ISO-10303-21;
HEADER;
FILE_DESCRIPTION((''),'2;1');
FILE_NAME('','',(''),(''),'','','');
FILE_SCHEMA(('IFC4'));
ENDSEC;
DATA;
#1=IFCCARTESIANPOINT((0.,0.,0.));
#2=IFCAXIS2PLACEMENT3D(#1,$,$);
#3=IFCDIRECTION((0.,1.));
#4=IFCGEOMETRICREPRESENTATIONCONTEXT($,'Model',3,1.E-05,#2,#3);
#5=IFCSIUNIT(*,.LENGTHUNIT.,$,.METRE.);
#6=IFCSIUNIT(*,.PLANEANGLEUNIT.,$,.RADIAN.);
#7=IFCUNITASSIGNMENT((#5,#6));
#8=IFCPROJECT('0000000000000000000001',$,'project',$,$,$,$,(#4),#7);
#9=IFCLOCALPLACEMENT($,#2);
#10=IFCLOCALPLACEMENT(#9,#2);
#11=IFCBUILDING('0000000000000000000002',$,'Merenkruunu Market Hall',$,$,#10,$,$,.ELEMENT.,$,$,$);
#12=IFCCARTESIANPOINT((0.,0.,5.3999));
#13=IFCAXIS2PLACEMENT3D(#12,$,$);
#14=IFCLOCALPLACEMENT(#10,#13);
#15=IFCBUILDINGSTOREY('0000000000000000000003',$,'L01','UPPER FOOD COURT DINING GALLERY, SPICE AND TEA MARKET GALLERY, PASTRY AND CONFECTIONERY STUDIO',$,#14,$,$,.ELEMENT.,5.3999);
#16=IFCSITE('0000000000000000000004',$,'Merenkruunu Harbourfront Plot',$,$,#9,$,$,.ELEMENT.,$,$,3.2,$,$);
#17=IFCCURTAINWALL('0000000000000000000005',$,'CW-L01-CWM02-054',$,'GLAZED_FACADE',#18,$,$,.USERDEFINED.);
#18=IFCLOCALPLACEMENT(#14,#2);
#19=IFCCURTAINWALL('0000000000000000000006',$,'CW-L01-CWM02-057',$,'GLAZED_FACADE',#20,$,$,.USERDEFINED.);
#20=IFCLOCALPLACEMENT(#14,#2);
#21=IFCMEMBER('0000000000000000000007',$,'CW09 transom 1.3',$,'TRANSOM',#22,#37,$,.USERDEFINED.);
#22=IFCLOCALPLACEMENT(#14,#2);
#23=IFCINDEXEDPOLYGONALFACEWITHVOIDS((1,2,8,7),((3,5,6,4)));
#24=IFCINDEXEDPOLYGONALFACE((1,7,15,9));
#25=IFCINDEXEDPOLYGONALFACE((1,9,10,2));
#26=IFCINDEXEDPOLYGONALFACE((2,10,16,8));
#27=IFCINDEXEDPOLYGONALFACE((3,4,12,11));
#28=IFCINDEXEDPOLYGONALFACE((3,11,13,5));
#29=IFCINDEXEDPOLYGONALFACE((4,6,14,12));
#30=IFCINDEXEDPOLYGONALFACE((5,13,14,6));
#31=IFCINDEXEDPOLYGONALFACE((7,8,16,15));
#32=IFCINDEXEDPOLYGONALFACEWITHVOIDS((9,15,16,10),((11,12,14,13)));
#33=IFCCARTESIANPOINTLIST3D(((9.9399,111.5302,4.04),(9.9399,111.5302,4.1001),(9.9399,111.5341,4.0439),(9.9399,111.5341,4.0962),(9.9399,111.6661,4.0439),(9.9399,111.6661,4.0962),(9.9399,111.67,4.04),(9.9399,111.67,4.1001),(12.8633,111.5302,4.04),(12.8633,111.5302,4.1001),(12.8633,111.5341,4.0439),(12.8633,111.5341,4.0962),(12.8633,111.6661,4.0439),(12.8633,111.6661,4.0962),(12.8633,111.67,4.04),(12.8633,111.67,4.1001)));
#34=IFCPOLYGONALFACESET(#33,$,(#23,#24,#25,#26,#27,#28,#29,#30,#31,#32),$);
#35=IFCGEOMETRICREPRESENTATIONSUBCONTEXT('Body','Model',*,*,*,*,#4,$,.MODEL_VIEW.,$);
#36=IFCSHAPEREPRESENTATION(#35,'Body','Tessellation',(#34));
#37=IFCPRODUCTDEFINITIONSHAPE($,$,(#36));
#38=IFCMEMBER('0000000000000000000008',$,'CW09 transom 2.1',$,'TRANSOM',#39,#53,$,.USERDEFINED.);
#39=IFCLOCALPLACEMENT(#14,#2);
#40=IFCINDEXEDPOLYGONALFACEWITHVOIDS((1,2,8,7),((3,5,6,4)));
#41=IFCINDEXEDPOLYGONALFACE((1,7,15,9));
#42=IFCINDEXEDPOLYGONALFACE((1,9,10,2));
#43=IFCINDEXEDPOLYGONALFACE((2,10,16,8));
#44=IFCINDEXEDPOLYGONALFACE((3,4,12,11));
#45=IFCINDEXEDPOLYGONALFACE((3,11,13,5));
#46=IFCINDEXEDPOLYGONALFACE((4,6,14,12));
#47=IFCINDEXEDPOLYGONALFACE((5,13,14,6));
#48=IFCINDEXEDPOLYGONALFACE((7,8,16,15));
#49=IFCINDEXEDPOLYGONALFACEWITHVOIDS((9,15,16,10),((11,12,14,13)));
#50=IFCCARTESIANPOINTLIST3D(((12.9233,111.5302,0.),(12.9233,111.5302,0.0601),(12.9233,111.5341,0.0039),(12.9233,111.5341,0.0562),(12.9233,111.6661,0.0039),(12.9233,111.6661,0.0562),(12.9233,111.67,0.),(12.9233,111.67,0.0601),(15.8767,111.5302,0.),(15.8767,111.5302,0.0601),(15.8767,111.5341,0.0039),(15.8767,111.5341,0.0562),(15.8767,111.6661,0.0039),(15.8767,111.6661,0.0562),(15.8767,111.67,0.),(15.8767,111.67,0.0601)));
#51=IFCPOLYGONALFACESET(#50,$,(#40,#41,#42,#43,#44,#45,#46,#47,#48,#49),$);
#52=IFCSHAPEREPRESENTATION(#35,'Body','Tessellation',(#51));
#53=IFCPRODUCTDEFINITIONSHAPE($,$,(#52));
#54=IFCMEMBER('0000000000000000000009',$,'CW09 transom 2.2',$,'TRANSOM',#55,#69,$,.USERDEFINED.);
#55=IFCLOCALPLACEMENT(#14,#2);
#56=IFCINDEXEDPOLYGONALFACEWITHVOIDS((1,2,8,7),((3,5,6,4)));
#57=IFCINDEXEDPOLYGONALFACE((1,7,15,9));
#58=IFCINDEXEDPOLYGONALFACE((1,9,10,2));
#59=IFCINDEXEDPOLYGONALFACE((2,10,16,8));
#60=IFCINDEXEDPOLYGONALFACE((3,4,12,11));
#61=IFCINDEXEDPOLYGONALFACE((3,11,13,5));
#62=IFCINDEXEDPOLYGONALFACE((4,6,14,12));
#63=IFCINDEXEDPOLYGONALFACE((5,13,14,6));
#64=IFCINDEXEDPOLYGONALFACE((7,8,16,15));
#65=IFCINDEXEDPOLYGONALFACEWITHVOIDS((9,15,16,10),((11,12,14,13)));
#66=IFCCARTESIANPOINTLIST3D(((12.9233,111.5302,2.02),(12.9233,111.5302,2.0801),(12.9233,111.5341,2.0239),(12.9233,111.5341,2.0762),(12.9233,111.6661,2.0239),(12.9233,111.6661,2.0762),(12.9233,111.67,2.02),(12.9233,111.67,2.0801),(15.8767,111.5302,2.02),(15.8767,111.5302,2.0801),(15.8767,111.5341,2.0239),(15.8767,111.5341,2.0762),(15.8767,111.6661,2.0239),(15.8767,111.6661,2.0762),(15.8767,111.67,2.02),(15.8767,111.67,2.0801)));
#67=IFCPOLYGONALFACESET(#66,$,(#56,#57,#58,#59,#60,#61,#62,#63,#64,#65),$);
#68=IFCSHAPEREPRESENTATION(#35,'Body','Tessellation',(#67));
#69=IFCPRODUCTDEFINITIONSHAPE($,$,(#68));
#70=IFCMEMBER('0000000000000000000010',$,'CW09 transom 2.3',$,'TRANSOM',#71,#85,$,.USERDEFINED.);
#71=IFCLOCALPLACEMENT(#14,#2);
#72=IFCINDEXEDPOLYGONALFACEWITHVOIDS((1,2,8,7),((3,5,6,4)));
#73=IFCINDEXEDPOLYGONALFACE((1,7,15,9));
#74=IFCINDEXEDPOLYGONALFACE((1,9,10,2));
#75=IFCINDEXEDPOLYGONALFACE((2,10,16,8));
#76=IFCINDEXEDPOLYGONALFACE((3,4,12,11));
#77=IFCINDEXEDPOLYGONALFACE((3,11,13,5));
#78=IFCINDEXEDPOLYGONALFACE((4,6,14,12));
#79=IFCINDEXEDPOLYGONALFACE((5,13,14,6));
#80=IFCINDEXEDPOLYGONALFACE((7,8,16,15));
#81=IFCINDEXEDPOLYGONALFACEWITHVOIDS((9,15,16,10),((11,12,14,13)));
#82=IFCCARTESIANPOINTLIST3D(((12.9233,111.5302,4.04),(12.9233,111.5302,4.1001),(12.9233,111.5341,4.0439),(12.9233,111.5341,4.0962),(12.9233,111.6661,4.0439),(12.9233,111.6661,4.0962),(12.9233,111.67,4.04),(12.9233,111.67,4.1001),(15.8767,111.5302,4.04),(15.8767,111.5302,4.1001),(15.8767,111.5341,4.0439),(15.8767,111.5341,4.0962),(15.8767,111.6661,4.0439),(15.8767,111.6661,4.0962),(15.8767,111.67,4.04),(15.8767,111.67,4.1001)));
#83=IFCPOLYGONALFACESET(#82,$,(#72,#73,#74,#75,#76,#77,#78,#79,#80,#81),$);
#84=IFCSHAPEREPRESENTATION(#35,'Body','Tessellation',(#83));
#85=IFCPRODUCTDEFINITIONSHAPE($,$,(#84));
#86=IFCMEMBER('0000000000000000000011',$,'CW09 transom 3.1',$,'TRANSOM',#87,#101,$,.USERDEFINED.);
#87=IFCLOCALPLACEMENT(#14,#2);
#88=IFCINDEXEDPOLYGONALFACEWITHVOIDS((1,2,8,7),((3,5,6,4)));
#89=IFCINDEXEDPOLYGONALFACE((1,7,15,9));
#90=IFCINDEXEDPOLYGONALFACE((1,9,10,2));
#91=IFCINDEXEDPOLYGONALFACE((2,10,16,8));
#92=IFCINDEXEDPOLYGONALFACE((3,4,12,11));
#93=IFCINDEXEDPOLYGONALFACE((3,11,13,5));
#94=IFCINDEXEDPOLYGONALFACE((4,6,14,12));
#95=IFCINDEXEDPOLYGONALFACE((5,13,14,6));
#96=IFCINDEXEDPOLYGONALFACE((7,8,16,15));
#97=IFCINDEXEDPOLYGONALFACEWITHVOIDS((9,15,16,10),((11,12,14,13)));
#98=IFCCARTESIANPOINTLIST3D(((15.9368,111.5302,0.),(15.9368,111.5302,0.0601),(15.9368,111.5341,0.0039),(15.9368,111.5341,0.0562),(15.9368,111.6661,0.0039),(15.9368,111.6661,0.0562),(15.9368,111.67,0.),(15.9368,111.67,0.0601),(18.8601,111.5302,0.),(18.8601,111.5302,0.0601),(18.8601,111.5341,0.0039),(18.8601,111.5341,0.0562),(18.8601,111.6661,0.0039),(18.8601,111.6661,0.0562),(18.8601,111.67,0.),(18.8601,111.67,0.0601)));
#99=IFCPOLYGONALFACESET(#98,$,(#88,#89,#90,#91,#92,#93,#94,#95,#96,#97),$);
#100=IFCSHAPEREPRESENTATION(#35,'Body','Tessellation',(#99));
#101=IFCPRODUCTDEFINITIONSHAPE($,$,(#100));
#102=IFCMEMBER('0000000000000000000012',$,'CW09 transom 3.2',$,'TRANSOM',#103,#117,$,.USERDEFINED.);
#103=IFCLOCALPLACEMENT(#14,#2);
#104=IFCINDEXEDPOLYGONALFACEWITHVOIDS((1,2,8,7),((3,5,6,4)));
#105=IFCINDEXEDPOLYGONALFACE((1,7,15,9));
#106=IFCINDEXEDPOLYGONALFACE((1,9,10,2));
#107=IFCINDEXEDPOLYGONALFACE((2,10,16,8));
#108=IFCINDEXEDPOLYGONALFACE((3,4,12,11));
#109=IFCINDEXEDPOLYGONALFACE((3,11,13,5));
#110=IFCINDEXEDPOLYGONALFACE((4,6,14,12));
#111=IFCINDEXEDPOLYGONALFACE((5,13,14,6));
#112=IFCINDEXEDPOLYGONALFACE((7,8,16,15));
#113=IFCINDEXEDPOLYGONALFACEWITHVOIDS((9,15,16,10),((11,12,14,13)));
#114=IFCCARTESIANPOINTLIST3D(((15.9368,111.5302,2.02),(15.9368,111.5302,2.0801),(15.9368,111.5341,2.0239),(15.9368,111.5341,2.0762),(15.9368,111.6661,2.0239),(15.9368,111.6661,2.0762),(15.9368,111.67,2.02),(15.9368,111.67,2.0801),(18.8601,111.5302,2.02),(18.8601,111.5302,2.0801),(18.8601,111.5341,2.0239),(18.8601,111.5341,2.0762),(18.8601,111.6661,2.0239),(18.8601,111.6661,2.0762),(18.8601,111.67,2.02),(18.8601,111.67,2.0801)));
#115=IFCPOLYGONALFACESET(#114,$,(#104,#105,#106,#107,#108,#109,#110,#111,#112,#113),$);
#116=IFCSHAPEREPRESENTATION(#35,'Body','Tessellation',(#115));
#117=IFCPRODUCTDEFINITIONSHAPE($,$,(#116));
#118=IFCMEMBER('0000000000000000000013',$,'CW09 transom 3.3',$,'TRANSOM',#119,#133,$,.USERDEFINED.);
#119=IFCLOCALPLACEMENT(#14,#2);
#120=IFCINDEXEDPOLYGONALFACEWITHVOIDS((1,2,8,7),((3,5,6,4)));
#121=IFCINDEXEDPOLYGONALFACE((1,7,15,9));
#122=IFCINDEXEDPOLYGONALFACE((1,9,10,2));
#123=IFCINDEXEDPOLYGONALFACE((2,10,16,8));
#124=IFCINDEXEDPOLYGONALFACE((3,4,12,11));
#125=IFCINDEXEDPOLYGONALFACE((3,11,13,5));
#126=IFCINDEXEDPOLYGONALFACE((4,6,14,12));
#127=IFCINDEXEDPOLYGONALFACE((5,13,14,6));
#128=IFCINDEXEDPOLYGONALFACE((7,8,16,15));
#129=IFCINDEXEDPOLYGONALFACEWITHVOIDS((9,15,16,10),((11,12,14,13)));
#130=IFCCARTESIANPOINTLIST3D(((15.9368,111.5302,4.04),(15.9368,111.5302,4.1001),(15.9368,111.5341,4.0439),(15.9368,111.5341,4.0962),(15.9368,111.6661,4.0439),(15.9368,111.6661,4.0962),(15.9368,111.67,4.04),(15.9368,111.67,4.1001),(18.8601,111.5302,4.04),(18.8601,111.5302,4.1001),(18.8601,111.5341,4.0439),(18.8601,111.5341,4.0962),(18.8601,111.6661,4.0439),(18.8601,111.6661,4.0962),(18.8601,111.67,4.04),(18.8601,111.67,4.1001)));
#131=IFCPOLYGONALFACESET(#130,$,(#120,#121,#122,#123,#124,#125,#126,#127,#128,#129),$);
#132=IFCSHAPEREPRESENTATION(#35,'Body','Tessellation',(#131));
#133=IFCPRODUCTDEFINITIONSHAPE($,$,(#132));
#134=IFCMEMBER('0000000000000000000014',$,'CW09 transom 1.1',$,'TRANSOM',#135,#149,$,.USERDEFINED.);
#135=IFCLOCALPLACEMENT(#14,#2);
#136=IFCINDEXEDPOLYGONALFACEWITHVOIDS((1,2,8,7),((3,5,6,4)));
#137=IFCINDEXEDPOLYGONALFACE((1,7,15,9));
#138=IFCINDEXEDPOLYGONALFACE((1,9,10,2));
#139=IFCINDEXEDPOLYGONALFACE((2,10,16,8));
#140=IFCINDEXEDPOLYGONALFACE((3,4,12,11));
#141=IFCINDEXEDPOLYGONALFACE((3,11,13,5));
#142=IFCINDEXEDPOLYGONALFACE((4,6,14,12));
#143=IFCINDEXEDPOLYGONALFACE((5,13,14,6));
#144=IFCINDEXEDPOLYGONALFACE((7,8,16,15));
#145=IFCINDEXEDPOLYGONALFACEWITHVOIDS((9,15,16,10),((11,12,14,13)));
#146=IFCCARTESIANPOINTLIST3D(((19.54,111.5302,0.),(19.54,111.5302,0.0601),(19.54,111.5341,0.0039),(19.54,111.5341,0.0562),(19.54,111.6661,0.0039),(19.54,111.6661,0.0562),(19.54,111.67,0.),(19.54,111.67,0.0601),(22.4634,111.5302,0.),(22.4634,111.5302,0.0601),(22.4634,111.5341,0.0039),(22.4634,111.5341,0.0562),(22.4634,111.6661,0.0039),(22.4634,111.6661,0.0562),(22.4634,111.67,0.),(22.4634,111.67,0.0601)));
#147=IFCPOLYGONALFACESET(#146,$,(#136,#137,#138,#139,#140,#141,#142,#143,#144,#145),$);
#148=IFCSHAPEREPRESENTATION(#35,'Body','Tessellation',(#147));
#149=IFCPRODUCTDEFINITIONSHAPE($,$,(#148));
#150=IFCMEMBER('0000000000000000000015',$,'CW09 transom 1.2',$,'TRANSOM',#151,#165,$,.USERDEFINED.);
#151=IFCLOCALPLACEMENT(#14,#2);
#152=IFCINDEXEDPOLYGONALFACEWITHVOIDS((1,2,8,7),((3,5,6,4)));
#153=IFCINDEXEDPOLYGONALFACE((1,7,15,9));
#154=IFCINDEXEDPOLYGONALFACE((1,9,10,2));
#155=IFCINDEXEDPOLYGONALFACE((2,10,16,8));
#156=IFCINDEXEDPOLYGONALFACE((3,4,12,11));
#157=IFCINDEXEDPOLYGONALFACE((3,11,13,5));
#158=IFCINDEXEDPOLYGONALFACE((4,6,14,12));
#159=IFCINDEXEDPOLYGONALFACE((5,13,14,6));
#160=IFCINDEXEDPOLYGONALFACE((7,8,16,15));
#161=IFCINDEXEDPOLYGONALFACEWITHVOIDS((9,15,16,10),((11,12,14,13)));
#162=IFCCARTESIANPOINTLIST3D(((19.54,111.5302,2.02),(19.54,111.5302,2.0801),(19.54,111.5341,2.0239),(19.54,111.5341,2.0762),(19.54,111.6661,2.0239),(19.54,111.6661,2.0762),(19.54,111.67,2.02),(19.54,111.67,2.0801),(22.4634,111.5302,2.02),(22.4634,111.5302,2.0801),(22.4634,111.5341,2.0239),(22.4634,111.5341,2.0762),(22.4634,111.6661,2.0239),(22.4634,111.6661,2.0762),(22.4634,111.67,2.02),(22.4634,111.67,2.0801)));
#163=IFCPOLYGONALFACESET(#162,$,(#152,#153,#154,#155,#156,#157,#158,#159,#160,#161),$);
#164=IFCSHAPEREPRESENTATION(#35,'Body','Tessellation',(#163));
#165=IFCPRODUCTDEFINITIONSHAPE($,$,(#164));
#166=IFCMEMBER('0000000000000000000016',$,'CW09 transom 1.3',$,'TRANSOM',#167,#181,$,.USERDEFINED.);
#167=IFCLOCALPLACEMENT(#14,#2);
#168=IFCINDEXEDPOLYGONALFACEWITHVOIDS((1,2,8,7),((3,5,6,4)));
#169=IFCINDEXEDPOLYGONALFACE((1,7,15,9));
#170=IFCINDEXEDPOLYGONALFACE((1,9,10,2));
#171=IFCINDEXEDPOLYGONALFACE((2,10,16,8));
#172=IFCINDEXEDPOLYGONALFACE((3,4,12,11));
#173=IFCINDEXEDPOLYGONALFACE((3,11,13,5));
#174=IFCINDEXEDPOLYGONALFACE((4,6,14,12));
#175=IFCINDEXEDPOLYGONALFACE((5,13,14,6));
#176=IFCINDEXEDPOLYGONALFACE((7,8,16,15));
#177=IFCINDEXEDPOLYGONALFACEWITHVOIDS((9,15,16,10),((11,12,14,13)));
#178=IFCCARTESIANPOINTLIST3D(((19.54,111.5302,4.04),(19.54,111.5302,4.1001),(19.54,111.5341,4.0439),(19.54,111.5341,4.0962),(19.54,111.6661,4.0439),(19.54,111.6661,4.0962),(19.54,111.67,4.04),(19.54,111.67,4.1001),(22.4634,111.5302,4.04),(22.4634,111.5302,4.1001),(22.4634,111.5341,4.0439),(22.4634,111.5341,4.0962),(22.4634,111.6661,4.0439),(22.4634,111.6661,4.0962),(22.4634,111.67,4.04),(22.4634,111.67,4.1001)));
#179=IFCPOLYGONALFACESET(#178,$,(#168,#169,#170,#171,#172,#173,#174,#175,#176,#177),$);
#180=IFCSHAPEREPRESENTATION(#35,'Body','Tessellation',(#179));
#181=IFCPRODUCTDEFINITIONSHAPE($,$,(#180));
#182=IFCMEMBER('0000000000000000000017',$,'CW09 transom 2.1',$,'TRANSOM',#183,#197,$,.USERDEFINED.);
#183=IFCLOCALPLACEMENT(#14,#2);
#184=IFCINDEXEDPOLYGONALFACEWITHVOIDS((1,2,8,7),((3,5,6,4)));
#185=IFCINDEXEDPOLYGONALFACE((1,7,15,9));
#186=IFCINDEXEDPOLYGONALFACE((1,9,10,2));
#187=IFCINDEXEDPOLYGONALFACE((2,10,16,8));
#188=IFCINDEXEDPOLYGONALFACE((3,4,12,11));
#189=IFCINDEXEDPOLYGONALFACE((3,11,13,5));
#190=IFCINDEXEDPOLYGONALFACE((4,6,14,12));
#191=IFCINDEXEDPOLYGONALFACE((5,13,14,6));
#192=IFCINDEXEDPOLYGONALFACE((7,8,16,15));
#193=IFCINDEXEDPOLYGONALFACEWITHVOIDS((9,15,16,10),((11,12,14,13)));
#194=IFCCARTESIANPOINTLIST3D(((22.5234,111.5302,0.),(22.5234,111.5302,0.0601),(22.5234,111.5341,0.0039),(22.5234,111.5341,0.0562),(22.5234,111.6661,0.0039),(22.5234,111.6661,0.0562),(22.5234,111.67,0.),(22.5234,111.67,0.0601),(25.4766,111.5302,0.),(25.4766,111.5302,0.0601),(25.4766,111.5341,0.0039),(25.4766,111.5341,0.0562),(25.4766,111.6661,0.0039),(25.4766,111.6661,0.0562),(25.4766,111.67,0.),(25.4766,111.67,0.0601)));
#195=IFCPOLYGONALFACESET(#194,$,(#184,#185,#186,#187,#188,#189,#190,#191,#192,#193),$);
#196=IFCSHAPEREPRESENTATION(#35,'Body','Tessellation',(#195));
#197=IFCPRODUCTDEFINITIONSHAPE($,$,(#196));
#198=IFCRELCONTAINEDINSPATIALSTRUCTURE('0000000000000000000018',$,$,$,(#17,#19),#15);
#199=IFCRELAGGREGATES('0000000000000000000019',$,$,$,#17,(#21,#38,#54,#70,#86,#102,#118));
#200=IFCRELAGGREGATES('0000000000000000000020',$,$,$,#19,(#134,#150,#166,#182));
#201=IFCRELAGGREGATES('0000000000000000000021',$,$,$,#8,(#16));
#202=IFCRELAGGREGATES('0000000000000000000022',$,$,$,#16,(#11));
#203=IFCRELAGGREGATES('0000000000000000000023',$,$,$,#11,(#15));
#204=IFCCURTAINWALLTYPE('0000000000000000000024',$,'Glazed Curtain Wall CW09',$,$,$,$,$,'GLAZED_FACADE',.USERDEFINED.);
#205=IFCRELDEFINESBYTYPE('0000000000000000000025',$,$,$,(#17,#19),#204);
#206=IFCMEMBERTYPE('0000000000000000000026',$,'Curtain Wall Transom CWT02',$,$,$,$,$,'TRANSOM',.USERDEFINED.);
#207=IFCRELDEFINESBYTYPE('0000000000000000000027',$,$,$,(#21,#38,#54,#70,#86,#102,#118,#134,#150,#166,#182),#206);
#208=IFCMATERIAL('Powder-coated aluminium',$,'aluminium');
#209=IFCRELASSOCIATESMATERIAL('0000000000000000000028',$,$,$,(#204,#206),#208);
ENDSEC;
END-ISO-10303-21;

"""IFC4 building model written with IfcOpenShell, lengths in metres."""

from ifc_helpers import new_model, si_unit, direction, frame, origin, origin_2d, place, context, subcontext, project, spatial, hollow_rectangle, extrude, material, material_profile, profile_set, type_object, element, aggregate, save


model = new_model("IFC4")

# Units and contexts
model_context = context("Model", 3, precision=1e-05, world=origin(), true_north=direction((0.0, 1.0)))
body_context = subcontext(model_context, "Body", "Model", "MODEL_VIEW")
ifc_project = project(units=[si_unit("LENGTHUNIT", "METRE"), si_unit("PLANEANGLEUNIT", "RADIAN")], contexts=[model_context])

# Site, building, storey
site_placement = place(None, origin())
site = spatial("IfcSite", under=ifc_project, at=site_placement, Name="Merenkruunu Harbourfront Plot", CompositionType="ELEMENT", RefElevation=3.2)
building_placement = place(site_placement, origin())
building = spatial("IfcBuilding", under=site, at=building_placement, Name="Merenkruunu Market Hall", CompositionType="ELEMENT")
storey_placement = place(building_placement, frame((0.0, 0.0, 5.3999)))
storey = spatial("IfcBuildingStorey", under=building, at=storey_placement, Name="L01", Description="UPPER FOOD COURT DINING GALLERY, SPICE AND TEA MARKET GALLERY, PASTRY AND CONFECTIONERY STUDIO", CompositionType="ELEMENT", Elevation=5.3999)

# Curtain walls
ifc_material_1 = material(Name="Powder-coated aluminium", Category="aluminium")
curtain_wall_type = type_object("IfcCurtainWallType", Name="Glazed Curtain Wall CW09", ElementType="GLAZED_FACADE", PredefinedType="USERDEFINED", material=ifc_material_1)
curtain_wall_1_placement = place(storey_placement, origin())
curtain_wall_1 = element("IfcCurtainWall", 1, at=curtain_wall_1_placement, inside=storey, type_object=curtain_wall_type, Name="CW-L01-CWM02-054", ObjectType="GLAZED_FACADE", PredefinedType="USERDEFINED")
curtain_wall_2_placement = place(storey_placement, origin())
curtain_wall_2 = element("IfcCurtainWall", 2, at=curtain_wall_2_placement, inside=storey, type_object=curtain_wall_type, Name="CW-L01-CWM02-057", ObjectType="GLAZED_FACADE", PredefinedType="USERDEFINED")

# Members
ifc_material_profile_1 = material_profile(ifc_material_1, hollow_rectangle(XDim=0.0601, YDim=0.1399, WallThickness=0.0039, at=origin_2d()), Name="ALU 60x140x4")
ifc_profile_set_1 = profile_set([ifc_material_profile_1], Name="Powder-coated aluminium")
member_type_1 = type_object("IfcMemberType", Name="Curtain Wall Transom CWT02", ElementType="TRANSOM", PredefinedType="USERDEFINED", material=ifc_profile_set_1)
member_1_placement = place(storey_placement, frame((9.9399, 111.6001, 4.0701), z_axis=(1.0, 0.0, 0.0), x_axis=(0.0, 0.0, 1.0)))
member_1 = element("IfcMember", 3, at=member_1_placement, type_object=member_type_1, Name="CW09 transom 1.3", ObjectType="TRANSOM", PredefinedType="USERDEFINED", context=body_context, shape_type="SweptSolid", body=[
    extrude(hollow_rectangle(XDim=0.0601, YDim=0.1399, WallThickness=0.0039, at=origin_2d()), origin(), (0.0, 0.0, 1.0), 2.9233),
])
member_2_placement = place(storey_placement, frame((12.9233, 111.6001, 0.03), z_axis=(1.0, 0.0, 0.0), x_axis=(0.0, 0.0, 1.0)))
member_2 = element("IfcMember", 4, at=member_2_placement, type_object=member_type_1, Name="CW09 transom 2.1", ObjectType="TRANSOM", PredefinedType="USERDEFINED", context=body_context, shape_type="SweptSolid", body=[
    extrude(hollow_rectangle(XDim=0.0601, YDim=0.1399, WallThickness=0.0039, at=origin_2d()), origin(), (0.0, 0.0, 1.0), 2.9534),
])
member_3_placement = place(storey_placement, frame((12.9233, 111.6001, 2.05), z_axis=(1.0, 0.0, 0.0), x_axis=(0.0, 0.0, 1.0)))
member_3 = element("IfcMember", 5, at=member_3_placement, type_object=member_type_1, Name="CW09 transom 2.2", ObjectType="TRANSOM", PredefinedType="USERDEFINED", context=body_context, shape_type="SweptSolid", body=[
    extrude(hollow_rectangle(XDim=0.0601, YDim=0.1399, WallThickness=0.0039, at=origin_2d()), origin(), (0.0, 0.0, 1.0), 2.9534),
])
member_4_placement = place(storey_placement, frame((12.9233, 111.6001, 4.0701), z_axis=(1.0, 0.0, 0.0), x_axis=(0.0, 0.0, 1.0)))
member_4 = element("IfcMember", 6, at=member_4_placement, type_object=member_type_1, Name="CW09 transom 2.3", ObjectType="TRANSOM", PredefinedType="USERDEFINED", context=body_context, shape_type="SweptSolid", body=[
    extrude(hollow_rectangle(XDim=0.0601, YDim=0.1399, WallThickness=0.0039, at=origin_2d()), origin(), (0.0, 0.0, 1.0), 2.9534),
])
member_5_placement = place(storey_placement, frame((15.9368, 111.6001, 0.03), z_axis=(1.0, 0.0, 0.0), x_axis=(0.0, 0.0, 1.0)))
member_5 = element("IfcMember", 7, at=member_5_placement, type_object=member_type_1, Name="CW09 transom 3.1", ObjectType="TRANSOM", PredefinedType="USERDEFINED", context=body_context, shape_type="SweptSolid", body=[
    extrude(hollow_rectangle(XDim=0.0601, YDim=0.1399, WallThickness=0.0039, at=origin_2d()), origin(), (0.0, 0.0, 1.0), 2.9233),
])
member_6_placement = place(storey_placement, frame((15.9368, 111.6001, 2.05), z_axis=(1.0, 0.0, 0.0), x_axis=(0.0, 0.0, 1.0)))
member_6 = element("IfcMember", 8, at=member_6_placement, type_object=member_type_1, Name="CW09 transom 3.2", ObjectType="TRANSOM", PredefinedType="USERDEFINED", context=body_context, shape_type="SweptSolid", body=[
    extrude(hollow_rectangle(XDim=0.0601, YDim=0.1399, WallThickness=0.0039, at=origin_2d()), origin(), (0.0, 0.0, 1.0), 2.9233),
])
member_7_placement = place(storey_placement, frame((15.9368, 111.6001, 4.0701), z_axis=(1.0, 0.0, 0.0), x_axis=(0.0, 0.0, 1.0)))
member_7 = element("IfcMember", 9, at=member_7_placement, type_object=member_type_1, Name="CW09 transom 3.3", ObjectType="TRANSOM", PredefinedType="USERDEFINED", context=body_context, shape_type="SweptSolid", body=[
    extrude(hollow_rectangle(XDim=0.0601, YDim=0.1399, WallThickness=0.0039, at=origin_2d()), origin(), (0.0, 0.0, 1.0), 2.9233),
])
member_8_placement = place(storey_placement, frame((19.54, 111.6001, 0.03), z_axis=(1.0, 0.0, 0.0), x_axis=(0.0, 0.0, 1.0)))
member_8 = element("IfcMember", 10, at=member_8_placement, type_object=member_type_1, Name="CW09 transom 1.1", ObjectType="TRANSOM", PredefinedType="USERDEFINED", context=body_context, shape_type="SweptSolid", body=[
    extrude(hollow_rectangle(XDim=0.0601, YDim=0.1399, WallThickness=0.0039, at=origin_2d()), origin(), (0.0, 0.0, 1.0), 2.9233),
])
member_9_placement = place(storey_placement, frame((19.54, 111.6001, 2.05), z_axis=(1.0, 0.0, 0.0), x_axis=(0.0, 0.0, 1.0)))
member_9 = element("IfcMember", 11, at=member_9_placement, type_object=member_type_1, Name="CW09 transom 1.2", ObjectType="TRANSOM", PredefinedType="USERDEFINED", context=body_context, shape_type="SweptSolid", body=[
    extrude(hollow_rectangle(XDim=0.0601, YDim=0.1399, WallThickness=0.0039, at=origin_2d()), origin(), (0.0, 0.0, 1.0), 2.9233),
])
member_10_placement = place(storey_placement, frame((19.54, 111.6001, 4.0701), z_axis=(1.0, 0.0, 0.0), x_axis=(0.0, 0.0, 1.0)))
member_10 = element("IfcMember", 12, at=member_10_placement, type_object=member_type_1, Name="CW09 transom 1.3", ObjectType="TRANSOM", PredefinedType="USERDEFINED", context=body_context, shape_type="SweptSolid", body=[
    extrude(hollow_rectangle(XDim=0.0601, YDim=0.1399, WallThickness=0.0039, at=origin_2d()), origin(), (0.0, 0.0, 1.0), 2.9233),
])
member_11_placement = place(storey_placement, frame((22.5234, 111.6001, 0.03), z_axis=(1.0, 0.0, 0.0), x_axis=(0.0, 0.0, 1.0)))
member_11 = element("IfcMember", 13, at=member_11_placement, type_object=member_type_1, Name="CW09 transom 2.1", ObjectType="TRANSOM", PredefinedType="USERDEFINED", context=body_context, shape_type="SweptSolid", body=[
    extrude(hollow_rectangle(XDim=0.0601, YDim=0.1399, WallThickness=0.0039, at=origin_2d()), origin(), (0.0, 0.0, 1.0), 2.9531),
])

aggregate(curtain_wall_1, [member_1, member_2, member_3, member_4, member_5, member_6, member_7])
aggregate(curtain_wall_2, [member_8, member_9, member_10, member_11])

save(model, "model.ifc")
